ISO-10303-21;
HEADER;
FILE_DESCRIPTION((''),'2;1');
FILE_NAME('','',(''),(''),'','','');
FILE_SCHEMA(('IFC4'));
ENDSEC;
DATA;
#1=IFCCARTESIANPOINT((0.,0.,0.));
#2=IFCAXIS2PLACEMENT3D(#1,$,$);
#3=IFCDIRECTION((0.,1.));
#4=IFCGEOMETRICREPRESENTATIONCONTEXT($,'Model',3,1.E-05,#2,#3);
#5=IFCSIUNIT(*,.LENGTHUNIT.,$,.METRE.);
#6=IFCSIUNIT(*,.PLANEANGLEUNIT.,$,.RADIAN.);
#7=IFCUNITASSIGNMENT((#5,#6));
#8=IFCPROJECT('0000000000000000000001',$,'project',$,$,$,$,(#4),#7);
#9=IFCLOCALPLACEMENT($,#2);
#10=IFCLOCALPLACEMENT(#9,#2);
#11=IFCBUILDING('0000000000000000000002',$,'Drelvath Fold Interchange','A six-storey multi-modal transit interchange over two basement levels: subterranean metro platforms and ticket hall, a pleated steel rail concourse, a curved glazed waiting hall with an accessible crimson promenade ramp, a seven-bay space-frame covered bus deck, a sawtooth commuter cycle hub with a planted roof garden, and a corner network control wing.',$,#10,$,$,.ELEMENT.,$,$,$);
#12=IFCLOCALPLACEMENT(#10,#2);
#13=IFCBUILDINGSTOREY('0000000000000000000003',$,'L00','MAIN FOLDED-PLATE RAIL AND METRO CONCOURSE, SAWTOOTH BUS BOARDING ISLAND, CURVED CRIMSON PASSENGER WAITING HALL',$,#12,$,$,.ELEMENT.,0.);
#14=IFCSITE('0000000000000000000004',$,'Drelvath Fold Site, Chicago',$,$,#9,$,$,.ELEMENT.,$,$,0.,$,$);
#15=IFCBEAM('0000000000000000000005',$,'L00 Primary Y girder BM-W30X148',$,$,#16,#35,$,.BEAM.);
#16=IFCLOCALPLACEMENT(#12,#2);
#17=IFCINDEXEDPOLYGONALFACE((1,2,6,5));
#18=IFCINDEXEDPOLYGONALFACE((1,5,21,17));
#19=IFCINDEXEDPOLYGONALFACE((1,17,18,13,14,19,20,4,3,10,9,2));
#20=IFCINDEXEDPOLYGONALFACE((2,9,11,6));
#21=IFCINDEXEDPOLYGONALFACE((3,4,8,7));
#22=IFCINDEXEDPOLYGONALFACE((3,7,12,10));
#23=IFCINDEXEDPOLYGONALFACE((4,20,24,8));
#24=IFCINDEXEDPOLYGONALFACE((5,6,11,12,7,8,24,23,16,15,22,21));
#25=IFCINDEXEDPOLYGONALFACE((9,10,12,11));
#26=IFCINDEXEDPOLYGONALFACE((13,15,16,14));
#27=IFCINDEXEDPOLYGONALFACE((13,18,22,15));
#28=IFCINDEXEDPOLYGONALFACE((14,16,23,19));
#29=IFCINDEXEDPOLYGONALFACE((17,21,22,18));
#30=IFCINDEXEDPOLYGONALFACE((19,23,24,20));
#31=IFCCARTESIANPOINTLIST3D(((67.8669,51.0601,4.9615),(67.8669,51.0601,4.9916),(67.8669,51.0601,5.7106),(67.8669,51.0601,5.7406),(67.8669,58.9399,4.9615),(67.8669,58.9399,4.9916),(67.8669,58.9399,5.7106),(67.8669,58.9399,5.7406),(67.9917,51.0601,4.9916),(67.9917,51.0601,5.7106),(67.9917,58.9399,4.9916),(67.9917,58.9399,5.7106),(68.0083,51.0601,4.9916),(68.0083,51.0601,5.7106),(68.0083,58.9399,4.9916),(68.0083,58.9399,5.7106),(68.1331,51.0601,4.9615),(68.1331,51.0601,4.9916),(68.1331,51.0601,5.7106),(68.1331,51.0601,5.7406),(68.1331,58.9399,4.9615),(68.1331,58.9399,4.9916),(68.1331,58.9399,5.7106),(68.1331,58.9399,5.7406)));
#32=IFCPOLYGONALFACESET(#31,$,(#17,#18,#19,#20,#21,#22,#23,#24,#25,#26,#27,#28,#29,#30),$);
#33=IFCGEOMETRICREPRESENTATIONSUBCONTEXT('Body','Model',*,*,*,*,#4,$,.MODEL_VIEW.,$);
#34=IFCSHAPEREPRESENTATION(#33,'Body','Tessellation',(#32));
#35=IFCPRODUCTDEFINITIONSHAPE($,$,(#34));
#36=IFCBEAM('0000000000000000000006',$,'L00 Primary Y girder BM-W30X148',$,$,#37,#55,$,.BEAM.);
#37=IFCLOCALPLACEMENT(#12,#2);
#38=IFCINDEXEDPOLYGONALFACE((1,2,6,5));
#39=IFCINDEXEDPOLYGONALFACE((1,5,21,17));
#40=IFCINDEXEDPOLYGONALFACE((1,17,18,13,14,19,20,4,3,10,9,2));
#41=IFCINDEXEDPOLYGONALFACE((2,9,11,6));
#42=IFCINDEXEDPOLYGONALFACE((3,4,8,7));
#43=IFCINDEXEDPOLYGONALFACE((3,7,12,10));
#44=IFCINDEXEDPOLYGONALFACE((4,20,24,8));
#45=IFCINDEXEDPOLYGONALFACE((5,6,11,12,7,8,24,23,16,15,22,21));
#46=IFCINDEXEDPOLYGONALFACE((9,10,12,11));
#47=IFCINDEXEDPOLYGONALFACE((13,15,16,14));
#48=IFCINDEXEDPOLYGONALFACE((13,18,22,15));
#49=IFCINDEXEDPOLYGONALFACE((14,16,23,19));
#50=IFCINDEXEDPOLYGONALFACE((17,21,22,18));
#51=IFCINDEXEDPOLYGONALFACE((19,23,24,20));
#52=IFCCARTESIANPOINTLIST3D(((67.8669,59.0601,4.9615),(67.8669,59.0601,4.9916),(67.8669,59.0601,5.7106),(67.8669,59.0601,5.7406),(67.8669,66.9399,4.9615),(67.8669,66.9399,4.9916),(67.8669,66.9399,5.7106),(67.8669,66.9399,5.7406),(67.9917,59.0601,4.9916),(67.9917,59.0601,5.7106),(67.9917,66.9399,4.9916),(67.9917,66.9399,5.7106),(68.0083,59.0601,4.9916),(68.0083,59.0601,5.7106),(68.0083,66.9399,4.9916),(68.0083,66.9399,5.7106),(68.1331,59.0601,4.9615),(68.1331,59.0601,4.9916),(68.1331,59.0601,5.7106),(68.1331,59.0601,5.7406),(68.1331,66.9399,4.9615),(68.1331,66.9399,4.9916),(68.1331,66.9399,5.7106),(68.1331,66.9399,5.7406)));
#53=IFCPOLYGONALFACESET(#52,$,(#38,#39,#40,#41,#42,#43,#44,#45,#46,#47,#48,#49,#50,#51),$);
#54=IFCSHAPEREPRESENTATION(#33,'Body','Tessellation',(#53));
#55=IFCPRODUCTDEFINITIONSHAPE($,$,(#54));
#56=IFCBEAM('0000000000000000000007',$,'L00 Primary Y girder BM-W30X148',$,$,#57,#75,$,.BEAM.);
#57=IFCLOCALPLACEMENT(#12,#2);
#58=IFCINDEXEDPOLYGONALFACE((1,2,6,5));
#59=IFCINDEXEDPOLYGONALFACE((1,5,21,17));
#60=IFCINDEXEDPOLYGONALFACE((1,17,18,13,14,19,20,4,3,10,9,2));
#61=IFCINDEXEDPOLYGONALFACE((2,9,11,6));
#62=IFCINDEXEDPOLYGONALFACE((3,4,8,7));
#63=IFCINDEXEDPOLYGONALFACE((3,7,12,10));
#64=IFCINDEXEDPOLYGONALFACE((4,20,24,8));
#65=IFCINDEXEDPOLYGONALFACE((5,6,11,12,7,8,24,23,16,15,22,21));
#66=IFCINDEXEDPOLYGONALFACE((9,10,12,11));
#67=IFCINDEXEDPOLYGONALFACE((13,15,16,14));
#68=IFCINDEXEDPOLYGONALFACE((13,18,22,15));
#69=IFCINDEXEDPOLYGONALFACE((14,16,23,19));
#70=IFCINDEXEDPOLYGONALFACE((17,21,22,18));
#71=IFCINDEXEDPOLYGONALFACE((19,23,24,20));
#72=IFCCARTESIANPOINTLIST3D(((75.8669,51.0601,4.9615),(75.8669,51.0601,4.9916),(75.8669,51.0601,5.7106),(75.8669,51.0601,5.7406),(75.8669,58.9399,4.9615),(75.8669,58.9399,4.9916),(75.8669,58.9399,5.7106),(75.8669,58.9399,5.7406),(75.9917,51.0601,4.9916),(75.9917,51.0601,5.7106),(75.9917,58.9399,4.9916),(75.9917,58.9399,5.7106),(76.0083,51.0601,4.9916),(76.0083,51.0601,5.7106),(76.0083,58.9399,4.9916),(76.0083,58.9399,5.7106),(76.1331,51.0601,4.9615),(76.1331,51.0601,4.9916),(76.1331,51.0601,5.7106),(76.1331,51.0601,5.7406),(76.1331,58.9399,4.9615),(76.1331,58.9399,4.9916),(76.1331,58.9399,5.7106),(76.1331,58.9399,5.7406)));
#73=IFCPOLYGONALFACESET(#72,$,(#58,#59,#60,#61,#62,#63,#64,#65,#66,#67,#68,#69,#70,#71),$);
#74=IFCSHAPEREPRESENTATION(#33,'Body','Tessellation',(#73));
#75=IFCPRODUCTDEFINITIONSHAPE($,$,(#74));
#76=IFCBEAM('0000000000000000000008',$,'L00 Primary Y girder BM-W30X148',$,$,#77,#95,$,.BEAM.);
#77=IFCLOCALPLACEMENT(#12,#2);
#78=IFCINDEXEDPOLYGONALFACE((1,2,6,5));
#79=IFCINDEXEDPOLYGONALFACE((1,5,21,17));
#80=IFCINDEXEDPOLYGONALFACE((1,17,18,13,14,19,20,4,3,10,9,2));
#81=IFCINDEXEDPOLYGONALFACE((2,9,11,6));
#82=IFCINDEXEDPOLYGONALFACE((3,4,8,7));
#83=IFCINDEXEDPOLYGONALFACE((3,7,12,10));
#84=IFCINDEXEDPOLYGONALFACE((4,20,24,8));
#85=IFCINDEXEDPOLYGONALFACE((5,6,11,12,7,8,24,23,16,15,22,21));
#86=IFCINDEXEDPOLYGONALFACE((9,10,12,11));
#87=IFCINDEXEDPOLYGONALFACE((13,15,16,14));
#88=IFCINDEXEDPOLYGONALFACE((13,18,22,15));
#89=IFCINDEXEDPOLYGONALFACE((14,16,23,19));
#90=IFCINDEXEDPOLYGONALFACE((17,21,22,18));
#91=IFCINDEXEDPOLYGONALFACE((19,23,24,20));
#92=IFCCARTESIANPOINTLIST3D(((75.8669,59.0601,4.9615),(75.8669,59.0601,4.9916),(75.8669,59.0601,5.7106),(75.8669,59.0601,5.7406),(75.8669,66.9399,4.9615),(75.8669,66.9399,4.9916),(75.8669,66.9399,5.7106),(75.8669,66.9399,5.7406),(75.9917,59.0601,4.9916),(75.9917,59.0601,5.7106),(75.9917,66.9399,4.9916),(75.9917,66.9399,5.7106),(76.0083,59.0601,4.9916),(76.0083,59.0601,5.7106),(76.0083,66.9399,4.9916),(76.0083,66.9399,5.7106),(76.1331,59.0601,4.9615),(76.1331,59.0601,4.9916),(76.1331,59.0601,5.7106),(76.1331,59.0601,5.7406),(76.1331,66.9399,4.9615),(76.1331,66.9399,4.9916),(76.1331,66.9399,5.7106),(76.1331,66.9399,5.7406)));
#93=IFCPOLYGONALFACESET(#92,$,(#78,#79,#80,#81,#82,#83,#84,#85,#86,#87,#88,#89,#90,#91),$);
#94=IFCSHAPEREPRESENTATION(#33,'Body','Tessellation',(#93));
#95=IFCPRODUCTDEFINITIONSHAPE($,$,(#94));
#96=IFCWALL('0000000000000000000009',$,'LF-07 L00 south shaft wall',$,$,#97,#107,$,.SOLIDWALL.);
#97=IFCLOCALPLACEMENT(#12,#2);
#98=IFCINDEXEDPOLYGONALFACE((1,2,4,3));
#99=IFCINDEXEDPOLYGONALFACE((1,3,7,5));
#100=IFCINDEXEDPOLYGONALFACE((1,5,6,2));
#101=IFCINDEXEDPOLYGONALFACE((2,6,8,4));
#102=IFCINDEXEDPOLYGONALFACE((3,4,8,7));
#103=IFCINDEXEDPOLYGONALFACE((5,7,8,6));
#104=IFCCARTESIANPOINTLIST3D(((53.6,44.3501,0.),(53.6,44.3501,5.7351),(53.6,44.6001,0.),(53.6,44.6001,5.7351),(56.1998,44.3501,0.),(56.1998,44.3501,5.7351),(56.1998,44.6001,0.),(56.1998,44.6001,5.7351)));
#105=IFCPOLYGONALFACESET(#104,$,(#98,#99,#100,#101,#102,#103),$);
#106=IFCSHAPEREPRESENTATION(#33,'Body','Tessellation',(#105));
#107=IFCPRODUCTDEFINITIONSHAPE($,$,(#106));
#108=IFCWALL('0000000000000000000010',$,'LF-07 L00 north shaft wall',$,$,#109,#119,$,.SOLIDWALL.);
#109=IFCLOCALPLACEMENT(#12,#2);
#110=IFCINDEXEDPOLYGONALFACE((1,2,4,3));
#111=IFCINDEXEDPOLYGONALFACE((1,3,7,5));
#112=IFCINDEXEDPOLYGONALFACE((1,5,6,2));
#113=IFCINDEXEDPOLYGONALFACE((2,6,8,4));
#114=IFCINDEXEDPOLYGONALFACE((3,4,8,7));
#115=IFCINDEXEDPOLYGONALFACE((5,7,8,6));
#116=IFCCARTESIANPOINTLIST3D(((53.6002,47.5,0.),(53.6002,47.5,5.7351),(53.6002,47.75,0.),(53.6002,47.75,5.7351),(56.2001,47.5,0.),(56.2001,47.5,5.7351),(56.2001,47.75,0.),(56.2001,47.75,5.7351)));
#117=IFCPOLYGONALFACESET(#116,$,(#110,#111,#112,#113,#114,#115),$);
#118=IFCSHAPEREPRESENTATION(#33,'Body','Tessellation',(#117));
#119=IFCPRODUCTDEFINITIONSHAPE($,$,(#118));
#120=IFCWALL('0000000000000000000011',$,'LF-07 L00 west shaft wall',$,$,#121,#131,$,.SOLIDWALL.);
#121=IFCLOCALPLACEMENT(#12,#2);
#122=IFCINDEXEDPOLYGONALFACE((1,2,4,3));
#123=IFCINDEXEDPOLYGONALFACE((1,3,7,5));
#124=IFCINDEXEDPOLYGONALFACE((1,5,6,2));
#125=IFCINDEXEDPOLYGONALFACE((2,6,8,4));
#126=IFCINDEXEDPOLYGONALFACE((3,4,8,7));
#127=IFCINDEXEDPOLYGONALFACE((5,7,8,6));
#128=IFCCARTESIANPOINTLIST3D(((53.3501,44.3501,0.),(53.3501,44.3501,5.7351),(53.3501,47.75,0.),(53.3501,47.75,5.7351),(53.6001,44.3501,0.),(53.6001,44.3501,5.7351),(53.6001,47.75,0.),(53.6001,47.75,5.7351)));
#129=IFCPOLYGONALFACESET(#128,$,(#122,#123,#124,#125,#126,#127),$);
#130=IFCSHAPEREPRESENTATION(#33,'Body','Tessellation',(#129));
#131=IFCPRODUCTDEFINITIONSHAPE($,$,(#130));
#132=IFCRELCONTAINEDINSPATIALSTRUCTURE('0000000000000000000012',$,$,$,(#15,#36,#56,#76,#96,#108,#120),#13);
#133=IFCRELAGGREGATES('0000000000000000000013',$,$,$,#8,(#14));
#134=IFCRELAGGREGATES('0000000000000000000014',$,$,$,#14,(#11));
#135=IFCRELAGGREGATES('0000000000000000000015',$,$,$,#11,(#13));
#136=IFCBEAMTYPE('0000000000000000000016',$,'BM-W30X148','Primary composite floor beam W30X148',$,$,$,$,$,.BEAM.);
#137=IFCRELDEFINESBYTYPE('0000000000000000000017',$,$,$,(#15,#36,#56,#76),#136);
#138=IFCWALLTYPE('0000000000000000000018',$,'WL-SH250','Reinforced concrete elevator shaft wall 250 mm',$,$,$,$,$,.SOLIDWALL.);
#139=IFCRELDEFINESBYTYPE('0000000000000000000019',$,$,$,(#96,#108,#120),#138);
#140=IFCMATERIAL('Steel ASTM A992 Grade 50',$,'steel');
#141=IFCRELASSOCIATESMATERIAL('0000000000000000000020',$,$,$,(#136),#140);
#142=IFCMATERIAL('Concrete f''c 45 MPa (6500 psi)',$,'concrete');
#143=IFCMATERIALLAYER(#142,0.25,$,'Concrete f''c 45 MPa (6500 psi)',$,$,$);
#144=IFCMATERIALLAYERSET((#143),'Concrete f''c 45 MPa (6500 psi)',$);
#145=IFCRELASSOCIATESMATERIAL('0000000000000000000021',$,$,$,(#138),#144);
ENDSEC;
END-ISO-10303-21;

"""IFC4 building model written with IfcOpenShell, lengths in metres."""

from ifc_helpers import new_model, si_unit, direction, frame, frame_2d, origin, origin_2d, place, context, subcontext, project, spatial, rectangle, i_section, extrude, material, layer, layer_set, material_profile, profile_set, type_object, element, save


model = new_model("IFC4")

# Units and contexts
model_context = context("Model", 3, precision=1e-05, world=origin(), true_north=direction((0.0, 1.0)))
body_context = subcontext(model_context, "Body", "Model", "MODEL_VIEW")
ifc_project = project(units=[si_unit("LENGTHUNIT", "METRE"), si_unit("PLANEANGLEUNIT", "RADIAN")], contexts=[model_context])

# Site, building, storey
site_placement = place(None, origin())
site = spatial("IfcSite", under=ifc_project, at=site_placement, Name="Drelvath Fold Site, Chicago", CompositionType="ELEMENT", RefElevation=0.0)
building_placement = place(site_placement, origin())
building = spatial("IfcBuilding", under=site, at=building_placement, Name="Drelvath Fold Interchange", Description="A six-storey multi-modal transit interchange over two basement levels: subterranean metro platforms and ticket hall, a pleated steel rail concourse, a curved glazed waiting hall with an accessible crimson promenade ramp, a seven-bay space-frame covered bus deck, a sawtooth commuter cycle hub with a planted roof garden, and a corner network control wing.", CompositionType="ELEMENT")
storey_placement = place(building_placement, origin())
storey = spatial("IfcBuildingStorey", under=building, at=storey_placement, Name="L00", Description="MAIN FOLDED-PLATE RAIL AND METRO CONCOURSE, SAWTOOTH BUS BOARDING ISLAND, CURVED CRIMSON PASSENGER WAITING HALL", CompositionType="ELEMENT", Elevation=0.0)

# Shared definitions
ifc_material_1 = material(Name="Steel ASTM A992 Grade 50", Category="steel")

# Beams
ifc_material_profile_1 = material_profile(ifc_material_1, i_section(OverallWidth=0.2661, OverallDepth=0.7791, WebThickness=0.0166, FlangeThickness=0.03, at=origin_2d()), Name="W30X148")
ifc_profile_set_1 = profile_set([ifc_material_profile_1], Name="Steel ASTM A992 Grade 50")
beam_type_1 = type_object("IfcBeamType", Name="BM-W30X148", Description="Primary composite floor beam W30X148", PredefinedType="BEAM", material=ifc_profile_set_1)
for number, where, z_axis, x_axis, name in (
    (1, (68.0, 51.0601, 5.3511), (0.0, 1.0, 0.0), (-1.0, 0.0, 0.0), "L00 Primary Y girder BM-W30X148"),
    (2, (68.0, 59.0601, 5.3511), (0.0, 1.0, 0.0), (-1.0, 0.0, 0.0), "L00 Primary Y girder BM-W30X148"),
    (3, (76.0, 51.0601, 5.3511), (0.0, 1.0, 0.0), (-1.0, 0.0, 0.0), "L00 Primary Y girder BM-W30X148"),
    (4, (76.0, 59.0601, 5.3511), (0.0, 1.0, 0.0), (-1.0, 0.0, 0.0), "L00 Primary Y girder BM-W30X148"),
):
    element("IfcBeam", number, at=place(storey_placement, frame(where, z_axis=z_axis, x_axis=x_axis)), inside=storey, type_object=beam_type_1, Name=name, PredefinedType="BEAM", context=body_context, shape_type="SweptSolid", body=[
        extrude(i_section(OverallWidth=0.2661, OverallDepth=0.7791, WebThickness=0.0166, FlangeThickness=0.03, at=origin_2d()), origin(), (0.0, 0.0, 1.0), 7.8799),
    ])

# Walls
ifc_material_2 = material(Name="Concrete f'c 45 MPa (6500 psi)", Category="concrete")
ifc_layer = layer(ifc_material_2, 0.25, Name="Concrete f'c 45 MPa (6500 psi)")
ifc_layer_set = layer_set([ifc_layer], Name="Concrete f'c 45 MPa (6500 psi)")
wall_type = type_object("IfcWallType", Name="WL-SH250", Description="Reinforced concrete elevator shaft wall 250 mm", PredefinedType="SOLIDWALL", material=ifc_layer_set)
for number, where, z_axis, x_axis, name in (
    (5, (53.6001, 44.4751, 0.0), (0.0, 0.0, 1.0), (1.0, 0.0, 0.0), "LF-07 L00 south shaft wall"),
    (6, (56.2, 47.625, 0.0), (0.0, 0.0, 1.0), (-1.0, 0.0, 0.0), "LF-07 L00 north shaft wall"),
):
    element("IfcWall", number, at=place(storey_placement, frame(where, z_axis=z_axis, x_axis=x_axis)), inside=storey, type_object=wall_type, Name=name, PredefinedType="SOLIDWALL", context=body_context, shape_type="SweptSolid", body=[
        extrude(rectangle(XDim=2.5999, YDim=0.25, at=frame_2d((1.2998, 0.0))), origin(), (0.0, 0.0, 1.0), 5.7351),
    ])
wall_placement = place(storey_placement, frame((53.4751, 47.75, 0.0), z_axis=(0.0, 0.0, 1.0), x_axis=(0.0, -1.0, 0.0)))
element("IfcWall", 7, at=wall_placement, inside=storey, type_object=wall_type, Name="LF-07 L00 west shaft wall", PredefinedType="SOLIDWALL", context=body_context, shape_type="SweptSolid", body=[
    extrude(rectangle(XDim=3.3999, YDim=0.25, at=frame_2d((1.7, 0.0))), origin(), (0.0, 0.0, 1.0), 5.7351),
])

save(model, "model.ifc")
